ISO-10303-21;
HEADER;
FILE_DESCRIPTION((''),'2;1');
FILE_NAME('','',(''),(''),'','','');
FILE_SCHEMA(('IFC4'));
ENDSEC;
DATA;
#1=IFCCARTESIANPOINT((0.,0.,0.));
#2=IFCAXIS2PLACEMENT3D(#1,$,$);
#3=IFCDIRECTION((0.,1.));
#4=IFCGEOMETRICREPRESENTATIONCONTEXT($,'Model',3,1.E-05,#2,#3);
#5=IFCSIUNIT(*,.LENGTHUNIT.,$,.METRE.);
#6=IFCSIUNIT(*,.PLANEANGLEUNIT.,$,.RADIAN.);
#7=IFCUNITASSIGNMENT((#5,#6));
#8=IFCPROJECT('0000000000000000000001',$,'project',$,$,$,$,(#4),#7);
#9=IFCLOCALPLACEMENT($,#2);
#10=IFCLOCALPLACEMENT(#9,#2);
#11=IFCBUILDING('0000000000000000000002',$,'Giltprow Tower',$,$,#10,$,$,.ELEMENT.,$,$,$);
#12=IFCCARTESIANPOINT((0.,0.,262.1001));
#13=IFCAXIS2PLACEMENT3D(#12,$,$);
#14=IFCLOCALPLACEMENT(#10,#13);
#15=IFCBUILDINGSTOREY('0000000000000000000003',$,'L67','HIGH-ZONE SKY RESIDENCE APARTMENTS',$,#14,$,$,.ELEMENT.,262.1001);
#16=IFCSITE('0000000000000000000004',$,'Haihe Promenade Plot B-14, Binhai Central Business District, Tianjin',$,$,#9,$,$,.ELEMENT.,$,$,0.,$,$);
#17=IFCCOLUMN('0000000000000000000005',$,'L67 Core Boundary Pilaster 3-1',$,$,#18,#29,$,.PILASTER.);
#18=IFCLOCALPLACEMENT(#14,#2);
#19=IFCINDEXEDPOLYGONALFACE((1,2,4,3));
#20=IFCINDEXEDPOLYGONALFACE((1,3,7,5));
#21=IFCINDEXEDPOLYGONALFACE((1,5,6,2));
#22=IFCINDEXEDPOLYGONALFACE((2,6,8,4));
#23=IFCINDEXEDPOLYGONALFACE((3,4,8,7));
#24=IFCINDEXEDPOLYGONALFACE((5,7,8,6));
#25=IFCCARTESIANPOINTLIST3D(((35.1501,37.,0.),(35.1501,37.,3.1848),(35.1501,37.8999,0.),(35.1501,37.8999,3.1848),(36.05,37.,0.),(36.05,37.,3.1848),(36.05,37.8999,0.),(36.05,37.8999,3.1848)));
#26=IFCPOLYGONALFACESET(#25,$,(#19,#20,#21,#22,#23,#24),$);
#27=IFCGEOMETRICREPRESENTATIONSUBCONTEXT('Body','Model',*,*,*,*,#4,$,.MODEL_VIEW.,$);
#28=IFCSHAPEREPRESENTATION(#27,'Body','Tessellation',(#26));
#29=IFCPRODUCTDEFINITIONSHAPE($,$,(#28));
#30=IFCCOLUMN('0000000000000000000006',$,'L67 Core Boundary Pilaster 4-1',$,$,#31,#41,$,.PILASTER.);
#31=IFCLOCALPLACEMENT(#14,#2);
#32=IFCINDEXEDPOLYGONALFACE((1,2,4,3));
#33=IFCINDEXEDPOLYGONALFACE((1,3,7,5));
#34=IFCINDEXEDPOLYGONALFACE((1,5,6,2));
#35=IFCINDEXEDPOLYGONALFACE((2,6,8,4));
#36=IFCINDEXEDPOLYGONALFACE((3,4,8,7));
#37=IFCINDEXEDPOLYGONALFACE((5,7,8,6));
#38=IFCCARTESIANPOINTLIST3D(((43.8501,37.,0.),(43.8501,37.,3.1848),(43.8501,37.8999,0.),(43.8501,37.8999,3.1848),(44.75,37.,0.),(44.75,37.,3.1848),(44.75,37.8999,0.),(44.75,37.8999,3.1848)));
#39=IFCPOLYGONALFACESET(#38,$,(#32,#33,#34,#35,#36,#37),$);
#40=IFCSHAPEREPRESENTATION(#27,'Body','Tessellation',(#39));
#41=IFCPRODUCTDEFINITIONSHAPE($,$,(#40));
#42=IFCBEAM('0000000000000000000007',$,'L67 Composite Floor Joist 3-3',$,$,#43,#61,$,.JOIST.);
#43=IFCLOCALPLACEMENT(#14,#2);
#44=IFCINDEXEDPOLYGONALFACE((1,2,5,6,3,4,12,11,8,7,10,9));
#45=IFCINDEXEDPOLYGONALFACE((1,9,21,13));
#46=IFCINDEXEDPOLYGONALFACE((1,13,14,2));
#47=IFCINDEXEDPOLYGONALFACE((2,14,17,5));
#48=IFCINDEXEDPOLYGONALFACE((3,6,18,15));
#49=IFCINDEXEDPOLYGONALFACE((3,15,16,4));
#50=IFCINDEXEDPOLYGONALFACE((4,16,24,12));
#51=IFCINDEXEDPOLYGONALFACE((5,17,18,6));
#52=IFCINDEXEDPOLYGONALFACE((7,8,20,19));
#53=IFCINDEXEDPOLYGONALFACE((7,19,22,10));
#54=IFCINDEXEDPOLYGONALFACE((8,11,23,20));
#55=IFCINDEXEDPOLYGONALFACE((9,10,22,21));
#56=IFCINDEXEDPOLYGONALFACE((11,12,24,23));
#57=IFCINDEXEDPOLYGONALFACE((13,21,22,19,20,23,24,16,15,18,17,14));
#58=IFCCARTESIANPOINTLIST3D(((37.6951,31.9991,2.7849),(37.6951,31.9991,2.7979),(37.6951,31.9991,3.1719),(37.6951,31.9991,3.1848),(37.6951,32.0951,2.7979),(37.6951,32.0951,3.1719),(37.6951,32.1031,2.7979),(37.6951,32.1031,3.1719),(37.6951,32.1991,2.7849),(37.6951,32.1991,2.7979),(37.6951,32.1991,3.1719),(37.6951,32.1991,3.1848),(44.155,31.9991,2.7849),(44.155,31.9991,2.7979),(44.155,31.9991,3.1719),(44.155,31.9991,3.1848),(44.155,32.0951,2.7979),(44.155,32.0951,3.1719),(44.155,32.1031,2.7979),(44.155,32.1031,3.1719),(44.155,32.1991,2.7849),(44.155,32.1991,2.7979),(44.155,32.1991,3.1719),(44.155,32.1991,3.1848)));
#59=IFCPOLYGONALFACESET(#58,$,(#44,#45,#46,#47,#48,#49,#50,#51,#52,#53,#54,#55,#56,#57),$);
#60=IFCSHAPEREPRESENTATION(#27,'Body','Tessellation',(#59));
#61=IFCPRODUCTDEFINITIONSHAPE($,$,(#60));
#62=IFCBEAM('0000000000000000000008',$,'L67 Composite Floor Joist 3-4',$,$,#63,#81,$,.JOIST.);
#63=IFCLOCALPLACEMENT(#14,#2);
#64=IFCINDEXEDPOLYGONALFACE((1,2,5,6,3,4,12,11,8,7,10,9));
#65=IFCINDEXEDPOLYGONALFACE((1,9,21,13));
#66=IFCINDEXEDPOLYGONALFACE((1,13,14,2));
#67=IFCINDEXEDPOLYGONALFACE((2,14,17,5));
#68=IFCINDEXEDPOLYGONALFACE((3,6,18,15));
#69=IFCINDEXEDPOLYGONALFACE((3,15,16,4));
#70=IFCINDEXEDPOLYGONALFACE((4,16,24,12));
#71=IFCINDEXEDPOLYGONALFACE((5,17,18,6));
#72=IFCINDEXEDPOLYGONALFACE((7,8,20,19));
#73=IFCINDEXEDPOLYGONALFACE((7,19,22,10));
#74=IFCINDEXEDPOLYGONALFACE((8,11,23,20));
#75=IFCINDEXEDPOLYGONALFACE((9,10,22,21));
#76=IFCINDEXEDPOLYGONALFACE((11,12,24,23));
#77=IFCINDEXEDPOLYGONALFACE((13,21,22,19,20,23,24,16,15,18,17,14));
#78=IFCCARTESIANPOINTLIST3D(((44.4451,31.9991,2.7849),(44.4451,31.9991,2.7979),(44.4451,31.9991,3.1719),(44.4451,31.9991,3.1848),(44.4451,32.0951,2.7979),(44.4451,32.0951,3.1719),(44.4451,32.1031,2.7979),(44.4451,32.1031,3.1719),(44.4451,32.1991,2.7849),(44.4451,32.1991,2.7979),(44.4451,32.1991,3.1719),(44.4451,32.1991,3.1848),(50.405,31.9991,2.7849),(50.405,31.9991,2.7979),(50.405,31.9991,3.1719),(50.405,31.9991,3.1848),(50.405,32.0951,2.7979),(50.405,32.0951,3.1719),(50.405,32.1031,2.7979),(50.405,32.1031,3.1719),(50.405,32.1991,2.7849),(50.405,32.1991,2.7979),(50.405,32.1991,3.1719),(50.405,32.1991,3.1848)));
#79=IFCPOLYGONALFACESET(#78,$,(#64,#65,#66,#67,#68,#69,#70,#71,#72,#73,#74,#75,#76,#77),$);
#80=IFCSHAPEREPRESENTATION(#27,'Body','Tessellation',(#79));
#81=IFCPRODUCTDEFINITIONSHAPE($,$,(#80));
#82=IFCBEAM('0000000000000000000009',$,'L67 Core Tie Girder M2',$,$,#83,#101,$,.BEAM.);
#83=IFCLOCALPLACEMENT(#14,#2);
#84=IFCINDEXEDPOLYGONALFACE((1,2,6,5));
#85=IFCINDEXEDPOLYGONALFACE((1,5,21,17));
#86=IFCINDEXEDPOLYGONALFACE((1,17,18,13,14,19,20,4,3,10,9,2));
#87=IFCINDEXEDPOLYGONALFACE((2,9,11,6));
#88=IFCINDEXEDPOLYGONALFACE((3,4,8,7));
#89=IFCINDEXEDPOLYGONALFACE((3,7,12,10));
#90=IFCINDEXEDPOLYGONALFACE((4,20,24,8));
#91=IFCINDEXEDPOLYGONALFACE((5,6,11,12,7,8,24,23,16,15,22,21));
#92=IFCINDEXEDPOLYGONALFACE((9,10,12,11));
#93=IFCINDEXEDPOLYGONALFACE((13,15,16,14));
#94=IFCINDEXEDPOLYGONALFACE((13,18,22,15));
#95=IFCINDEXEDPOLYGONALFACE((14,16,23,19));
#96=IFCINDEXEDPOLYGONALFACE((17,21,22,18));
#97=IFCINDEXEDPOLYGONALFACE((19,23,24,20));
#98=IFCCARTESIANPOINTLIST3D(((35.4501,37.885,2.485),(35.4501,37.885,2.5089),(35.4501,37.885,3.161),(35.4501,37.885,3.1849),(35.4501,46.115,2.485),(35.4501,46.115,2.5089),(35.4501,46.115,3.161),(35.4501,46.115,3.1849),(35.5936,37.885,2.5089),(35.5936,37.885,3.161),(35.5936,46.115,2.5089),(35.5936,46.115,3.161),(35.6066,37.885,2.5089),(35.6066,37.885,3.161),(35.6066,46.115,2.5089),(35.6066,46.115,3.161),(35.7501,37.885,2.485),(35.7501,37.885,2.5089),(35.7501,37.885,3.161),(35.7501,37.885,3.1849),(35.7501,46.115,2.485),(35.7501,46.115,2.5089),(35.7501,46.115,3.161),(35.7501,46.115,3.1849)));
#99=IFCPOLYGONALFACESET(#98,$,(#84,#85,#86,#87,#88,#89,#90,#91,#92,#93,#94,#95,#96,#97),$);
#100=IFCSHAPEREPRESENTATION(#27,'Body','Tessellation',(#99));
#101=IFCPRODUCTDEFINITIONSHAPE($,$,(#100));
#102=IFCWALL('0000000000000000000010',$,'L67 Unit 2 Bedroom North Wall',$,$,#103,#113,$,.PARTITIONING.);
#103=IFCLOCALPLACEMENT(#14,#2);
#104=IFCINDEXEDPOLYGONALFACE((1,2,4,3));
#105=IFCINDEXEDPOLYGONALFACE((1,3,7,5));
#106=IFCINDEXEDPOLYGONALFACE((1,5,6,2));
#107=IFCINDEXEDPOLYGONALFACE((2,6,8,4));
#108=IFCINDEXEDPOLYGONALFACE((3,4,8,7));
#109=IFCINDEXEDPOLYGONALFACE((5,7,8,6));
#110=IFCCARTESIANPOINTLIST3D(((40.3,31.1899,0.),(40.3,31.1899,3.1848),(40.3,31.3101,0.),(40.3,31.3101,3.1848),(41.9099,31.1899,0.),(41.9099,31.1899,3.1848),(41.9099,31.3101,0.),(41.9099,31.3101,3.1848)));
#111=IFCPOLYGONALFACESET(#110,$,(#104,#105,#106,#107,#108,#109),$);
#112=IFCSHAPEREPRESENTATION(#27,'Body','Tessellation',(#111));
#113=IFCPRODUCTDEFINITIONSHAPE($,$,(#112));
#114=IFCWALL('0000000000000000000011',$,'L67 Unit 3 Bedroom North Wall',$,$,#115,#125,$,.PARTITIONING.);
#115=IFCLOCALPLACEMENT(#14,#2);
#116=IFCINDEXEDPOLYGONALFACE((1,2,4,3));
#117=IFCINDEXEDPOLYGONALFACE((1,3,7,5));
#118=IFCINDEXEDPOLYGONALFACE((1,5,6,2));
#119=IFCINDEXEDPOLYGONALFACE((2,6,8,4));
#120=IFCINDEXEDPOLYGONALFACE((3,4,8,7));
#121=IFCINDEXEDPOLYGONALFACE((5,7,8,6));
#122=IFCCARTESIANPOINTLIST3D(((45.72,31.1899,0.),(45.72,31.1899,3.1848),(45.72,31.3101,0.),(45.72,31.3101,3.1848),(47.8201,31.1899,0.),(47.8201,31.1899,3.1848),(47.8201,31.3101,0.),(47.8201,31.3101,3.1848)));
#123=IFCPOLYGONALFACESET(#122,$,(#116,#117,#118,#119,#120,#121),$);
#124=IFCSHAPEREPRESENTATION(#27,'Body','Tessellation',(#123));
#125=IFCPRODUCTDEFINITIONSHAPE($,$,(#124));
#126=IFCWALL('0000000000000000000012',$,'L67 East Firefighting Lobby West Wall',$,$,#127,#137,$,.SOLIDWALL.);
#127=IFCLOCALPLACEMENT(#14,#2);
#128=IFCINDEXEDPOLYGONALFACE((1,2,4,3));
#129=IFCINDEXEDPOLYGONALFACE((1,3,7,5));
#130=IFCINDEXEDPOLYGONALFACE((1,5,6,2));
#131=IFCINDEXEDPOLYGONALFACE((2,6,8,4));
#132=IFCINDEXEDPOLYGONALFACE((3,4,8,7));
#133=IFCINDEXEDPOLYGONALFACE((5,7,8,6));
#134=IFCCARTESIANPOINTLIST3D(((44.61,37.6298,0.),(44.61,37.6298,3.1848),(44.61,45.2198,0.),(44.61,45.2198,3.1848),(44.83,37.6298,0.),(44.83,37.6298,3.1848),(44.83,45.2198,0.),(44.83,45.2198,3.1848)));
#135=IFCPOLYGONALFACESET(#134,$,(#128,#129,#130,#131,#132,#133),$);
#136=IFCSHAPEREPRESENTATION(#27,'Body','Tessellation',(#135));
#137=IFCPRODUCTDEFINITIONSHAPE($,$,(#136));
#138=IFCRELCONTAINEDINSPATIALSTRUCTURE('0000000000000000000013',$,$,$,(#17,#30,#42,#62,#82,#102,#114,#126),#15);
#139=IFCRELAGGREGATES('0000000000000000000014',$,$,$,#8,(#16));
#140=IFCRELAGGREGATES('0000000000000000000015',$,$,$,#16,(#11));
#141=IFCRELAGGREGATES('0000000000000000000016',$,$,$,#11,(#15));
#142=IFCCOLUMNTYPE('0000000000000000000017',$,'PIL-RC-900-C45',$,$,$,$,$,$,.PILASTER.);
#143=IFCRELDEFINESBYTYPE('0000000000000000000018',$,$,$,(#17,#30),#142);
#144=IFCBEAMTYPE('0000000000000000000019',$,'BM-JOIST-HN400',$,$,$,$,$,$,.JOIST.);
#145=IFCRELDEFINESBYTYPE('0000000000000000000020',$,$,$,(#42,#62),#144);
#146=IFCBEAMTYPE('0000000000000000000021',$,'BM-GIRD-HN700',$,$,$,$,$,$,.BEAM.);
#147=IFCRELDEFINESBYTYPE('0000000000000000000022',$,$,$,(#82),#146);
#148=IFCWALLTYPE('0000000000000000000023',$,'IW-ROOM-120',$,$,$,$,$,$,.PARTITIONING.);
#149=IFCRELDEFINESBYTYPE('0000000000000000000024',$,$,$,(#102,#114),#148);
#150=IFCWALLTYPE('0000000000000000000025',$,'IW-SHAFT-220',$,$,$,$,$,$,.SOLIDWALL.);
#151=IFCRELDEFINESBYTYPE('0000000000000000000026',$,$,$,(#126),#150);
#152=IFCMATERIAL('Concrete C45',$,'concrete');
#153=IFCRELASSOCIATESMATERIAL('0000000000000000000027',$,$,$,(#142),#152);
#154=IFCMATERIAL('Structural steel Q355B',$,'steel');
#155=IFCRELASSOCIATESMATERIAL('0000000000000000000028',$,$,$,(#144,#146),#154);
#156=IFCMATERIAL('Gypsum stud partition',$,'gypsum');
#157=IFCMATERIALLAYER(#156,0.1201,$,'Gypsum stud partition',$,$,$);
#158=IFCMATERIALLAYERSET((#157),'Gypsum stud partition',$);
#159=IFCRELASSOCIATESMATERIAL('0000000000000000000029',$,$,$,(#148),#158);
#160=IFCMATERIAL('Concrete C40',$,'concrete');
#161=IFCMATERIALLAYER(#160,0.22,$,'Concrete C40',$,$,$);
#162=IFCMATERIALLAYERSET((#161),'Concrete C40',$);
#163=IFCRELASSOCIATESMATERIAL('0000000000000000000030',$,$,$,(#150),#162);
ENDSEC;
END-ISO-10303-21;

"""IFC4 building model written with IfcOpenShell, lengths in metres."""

from ifc_helpers import new_model, si_unit, direction, frame, frame_2d, origin, origin_2d, place, context, subcontext, project, spatial, rectangle, i_section, extrude, source, transform, mapped, material, layer, layer_set, material_profile, profile_set, type_object, element, save


model = new_model("IFC4")

# Units and contexts
model_context = context("Model", 3, precision=1e-05, world=origin(), true_north=direction((0.0, 1.0)))
body_context = subcontext(model_context, "Body", "Model", "MODEL_VIEW")
ifc_project = project(units=[si_unit("LENGTHUNIT", "METRE"), si_unit("PLANEANGLEUNIT", "RADIAN")], contexts=[model_context])

# Site, building, storey
site_placement = place(None, origin())
site = spatial("IfcSite", under=ifc_project, at=site_placement, Name="Haihe Promenade Plot B-14, Binhai Central Business District, Tianjin", CompositionType="ELEMENT", RefElevation=0.0)
building_placement = place(site_placement, origin())
building = spatial("IfcBuilding", under=site, at=building_placement, Name="Giltprow Tower", CompositionType="ELEMENT")
storey_placement = place(building_placement, frame((0.0, 0.0, 262.1001)))
storey = spatial("IfcBuildingStorey", under=building, at=storey_placement, Name="L67", Description="HIGH-ZONE SKY RESIDENCE APARTMENTS", CompositionType="ELEMENT", Elevation=262.1001)

# Columns
ifc_material_1 = material(Name="Concrete C45", Category="concrete")
ifc_material_profile_1 = material_profile(ifc_material_1, rectangle(XDim=0.8999, YDim=0.8999, at=origin_2d()), Name="RC 900x900")
ifc_profile_set_1 = profile_set([ifc_material_profile_1], Name="Concrete C45")
column_type = type_object("IfcColumnType", Name="PIL-RC-900-C45", PredefinedType="PILASTER", material=ifc_profile_set_1)
shared_shape_1 = source(origin(), body_context, "Body", "SweptSolid", [
    extrude(rectangle(XDim=0.8999, YDim=0.8999, at=origin_2d()), origin(), (0.0, 0.0, 1.0), 3.1848),
])
for number, where, z_axis, x_axis, name in (
    (1, (35.6001, 37.45, 0.0), (0.0, 0.0, 1.0), (1.0, 0.0, 0.0), "L67 Core Boundary Pilaster 3-1"),
    (2, (44.3, 37.45, 0.0), (0.0, 0.0, 1.0), (1.0, 0.0, 0.0), "L67 Core Boundary Pilaster 4-1"),
):
    element("IfcColumn", number, at=place(storey_placement, frame(where, z_axis=z_axis, x_axis=x_axis)), inside=storey, type_object=column_type, Name=name, PredefinedType="PILASTER", context=body_context, shape_type="MappedRepresentation", body=[
        mapped(shared_shape_1, transform((0.0, 0.0, 0.0), x_axis=(1.0, 0.0, 0.0), y_axis=(0.0, 1.0, 0.0), z_axis=(0.0, 0.0, 1.0), scale=1.0)),
    ])

# Beams
ifc_material_2 = material(Name="Structural steel Q355B", Category="steel")
ifc_material_profile_2 = material_profile(ifc_material_2, i_section(OverallWidth=0.2, OverallDepth=0.3999, WebThickness=0.0081, FlangeThickness=0.0129, at=origin_2d()), Name="HN 400x200x8x13")
ifc_profile_set_2 = profile_set([ifc_material_profile_2], Name="Structural steel Q355B")
beam_type_1 = type_object("IfcBeamType", Name="BM-JOIST-HN400", PredefinedType="JOIST", material=ifc_profile_set_2)
shared_shape_2 = source(origin(), body_context, "Body", "SweptSolid", [
    extrude(i_section(OverallWidth=0.2, OverallDepth=0.3999, WebThickness=0.0081, FlangeThickness=0.0129, at=origin_2d()), origin(), (0.0, 0.0, 1.0), 6.46),
])
beam_1_placement = place(storey_placement, frame((37.6951, 32.0991, 2.9849), z_axis=(1.0, 0.0, 0.0), x_axis=(0.0, 1.0, 0.0)))
element("IfcBeam", 3, at=beam_1_placement, inside=storey, type_object=beam_type_1, Name="L67 Composite Floor Joist 3-3", PredefinedType="JOIST", context=body_context, shape_type="MappedRepresentation", body=[
    mapped(shared_shape_2, transform((0.0, 0.0, 0.0), x_axis=(1.0, 0.0, 0.0), y_axis=(0.0, 1.0, 0.0), z_axis=(0.0, 0.0, 1.0), scale=1.0)),
])
shared_shape_3 = source(origin(), body_context, "Body", "SweptSolid", [
    extrude(i_section(OverallWidth=0.2, OverallDepth=0.3999, WebThickness=0.0081, FlangeThickness=0.0129, at=origin_2d()), origin(), (0.0, 0.0, 1.0), 5.96),
])
beam_2_placement = place(storey_placement, frame((44.4451, 32.0991, 2.9849), z_axis=(1.0, 0.0, 0.0), x_axis=(0.0, 1.0, 0.0)))
element("IfcBeam", 4, at=beam_2_placement, inside=storey, type_object=beam_type_1, Name="L67 Composite Floor Joist 3-4", PredefinedType="JOIST", context=body_context, shape_type="MappedRepresentation", body=[
    mapped(shared_shape_3, transform((0.0, 0.0, 0.0), x_axis=(1.0, 0.0, 0.0), y_axis=(0.0, 1.0, 0.0), z_axis=(0.0, 0.0, 1.0), scale=1.0)),
])
ifc_material_profile_3 = material_profile(ifc_material_2, i_section(OverallWidth=0.3, OverallDepth=0.7, WebThickness=0.0129, FlangeThickness=0.0239, at=origin_2d()), Name="HN 700x300x13x24")
ifc_profile_set_3 = profile_set([ifc_material_profile_3], Name="Structural steel Q355B")
beam_type_2 = type_object("IfcBeamType", Name="BM-GIRD-HN700", PredefinedType="BEAM", material=ifc_profile_set_3)
shared_shape_4 = source(origin(), body_context, "Body", "SweptSolid", [
    extrude(i_section(OverallWidth=0.3, OverallDepth=0.7, WebThickness=0.0129, FlangeThickness=0.0239, at=origin_2d()), origin(), (0.0, 0.0, 1.0), 8.23),
])
beam_3_placement = place(storey_placement, frame((35.6001, 37.885, 2.835), z_axis=(0.0, 1.0, 0.0), x_axis=(-1.0, 0.0, 0.0)))
element("IfcBeam", 5, at=beam_3_placement, inside=storey, type_object=beam_type_2, Name="L67 Core Tie Girder M2", PredefinedType="BEAM", context=body_context, shape_type="MappedRepresentation", body=[
    mapped(shared_shape_4, transform((0.0, 0.0, 0.0), x_axis=(1.0, 0.0, 0.0), y_axis=(0.0, 1.0, 0.0), z_axis=(0.0, 0.0, 1.0), scale=1.0)),
])

# Walls
ifc_material_3 = material(Name="Gypsum stud partition", Category="gypsum")
ifc_layer_1 = layer(ifc_material_3, 0.1201, Name="Gypsum stud partition")
ifc_layer_set_1 = layer_set([ifc_layer_1], Name="Gypsum stud partition")
wall_type_1 = type_object("IfcWallType", Name="IW-ROOM-120", PredefinedType="PARTITIONING", material=ifc_layer_set_1)
wall_1_placement = place(storey_placement, frame((40.3, 31.25, 0.0), z_axis=(0.0, 0.0, 1.0), x_axis=(1.0, 0.0, 0.0)))
element("IfcWall", 6, at=wall_1_placement, inside=storey, type_object=wall_type_1, Name="L67 Unit 2 Bedroom North Wall", PredefinedType="PARTITIONING", context=body_context, shape_type="SweptSolid", body=[
    extrude(rectangle(XDim=1.6099, YDim=0.1201, at=frame_2d((0.8049, 0.0))), origin(), (0.0, 0.0, 1.0), 3.1848),
])
wall_2_placement = place(storey_placement, frame((45.72, 31.25, 0.0), z_axis=(0.0, 0.0, 1.0), x_axis=(1.0, 0.0, 0.0)))
element("IfcWall", 7, at=wall_2_placement, inside=storey, type_object=wall_type_1, Name="L67 Unit 3 Bedroom North Wall", PredefinedType="PARTITIONING", context=body_context, shape_type="SweptSolid", body=[
    extrude(rectangle(XDim=2.1001, YDim=0.1201, at=frame_2d((1.05, 0.0))), origin(), (0.0, 0.0, 1.0), 3.1848),
])
ifc_material_4 = material(Name="Concrete C40", Category="concrete")
ifc_layer_2 = layer(ifc_material_4, 0.22, Name="Concrete C40")
ifc_layer_set_2 = layer_set([ifc_layer_2], Name="Concrete C40")
wall_type_2 = type_object("IfcWallType", Name="IW-SHAFT-220", PredefinedType="SOLIDWALL", material=ifc_layer_set_2)
wall_3_placement = place(storey_placement, frame((44.72, 37.6299, 0.0), z_axis=(0.0, 0.0, 1.0), x_axis=(0.0, 1.0, 0.0)))
element("IfcWall", 8, at=wall_3_placement, inside=storey, type_object=wall_type_2, Name="L67 East Firefighting Lobby West Wall", PredefinedType="SOLIDWALL", context=body_context, shape_type="SweptSolid", body=[
    extrude(rectangle(XDim=7.5901, YDim=0.22, at=frame_2d((3.7949, 0.0))), origin(), (0.0, 0.0, 1.0), 3.1848),
])

save(model, "model.ifc")
